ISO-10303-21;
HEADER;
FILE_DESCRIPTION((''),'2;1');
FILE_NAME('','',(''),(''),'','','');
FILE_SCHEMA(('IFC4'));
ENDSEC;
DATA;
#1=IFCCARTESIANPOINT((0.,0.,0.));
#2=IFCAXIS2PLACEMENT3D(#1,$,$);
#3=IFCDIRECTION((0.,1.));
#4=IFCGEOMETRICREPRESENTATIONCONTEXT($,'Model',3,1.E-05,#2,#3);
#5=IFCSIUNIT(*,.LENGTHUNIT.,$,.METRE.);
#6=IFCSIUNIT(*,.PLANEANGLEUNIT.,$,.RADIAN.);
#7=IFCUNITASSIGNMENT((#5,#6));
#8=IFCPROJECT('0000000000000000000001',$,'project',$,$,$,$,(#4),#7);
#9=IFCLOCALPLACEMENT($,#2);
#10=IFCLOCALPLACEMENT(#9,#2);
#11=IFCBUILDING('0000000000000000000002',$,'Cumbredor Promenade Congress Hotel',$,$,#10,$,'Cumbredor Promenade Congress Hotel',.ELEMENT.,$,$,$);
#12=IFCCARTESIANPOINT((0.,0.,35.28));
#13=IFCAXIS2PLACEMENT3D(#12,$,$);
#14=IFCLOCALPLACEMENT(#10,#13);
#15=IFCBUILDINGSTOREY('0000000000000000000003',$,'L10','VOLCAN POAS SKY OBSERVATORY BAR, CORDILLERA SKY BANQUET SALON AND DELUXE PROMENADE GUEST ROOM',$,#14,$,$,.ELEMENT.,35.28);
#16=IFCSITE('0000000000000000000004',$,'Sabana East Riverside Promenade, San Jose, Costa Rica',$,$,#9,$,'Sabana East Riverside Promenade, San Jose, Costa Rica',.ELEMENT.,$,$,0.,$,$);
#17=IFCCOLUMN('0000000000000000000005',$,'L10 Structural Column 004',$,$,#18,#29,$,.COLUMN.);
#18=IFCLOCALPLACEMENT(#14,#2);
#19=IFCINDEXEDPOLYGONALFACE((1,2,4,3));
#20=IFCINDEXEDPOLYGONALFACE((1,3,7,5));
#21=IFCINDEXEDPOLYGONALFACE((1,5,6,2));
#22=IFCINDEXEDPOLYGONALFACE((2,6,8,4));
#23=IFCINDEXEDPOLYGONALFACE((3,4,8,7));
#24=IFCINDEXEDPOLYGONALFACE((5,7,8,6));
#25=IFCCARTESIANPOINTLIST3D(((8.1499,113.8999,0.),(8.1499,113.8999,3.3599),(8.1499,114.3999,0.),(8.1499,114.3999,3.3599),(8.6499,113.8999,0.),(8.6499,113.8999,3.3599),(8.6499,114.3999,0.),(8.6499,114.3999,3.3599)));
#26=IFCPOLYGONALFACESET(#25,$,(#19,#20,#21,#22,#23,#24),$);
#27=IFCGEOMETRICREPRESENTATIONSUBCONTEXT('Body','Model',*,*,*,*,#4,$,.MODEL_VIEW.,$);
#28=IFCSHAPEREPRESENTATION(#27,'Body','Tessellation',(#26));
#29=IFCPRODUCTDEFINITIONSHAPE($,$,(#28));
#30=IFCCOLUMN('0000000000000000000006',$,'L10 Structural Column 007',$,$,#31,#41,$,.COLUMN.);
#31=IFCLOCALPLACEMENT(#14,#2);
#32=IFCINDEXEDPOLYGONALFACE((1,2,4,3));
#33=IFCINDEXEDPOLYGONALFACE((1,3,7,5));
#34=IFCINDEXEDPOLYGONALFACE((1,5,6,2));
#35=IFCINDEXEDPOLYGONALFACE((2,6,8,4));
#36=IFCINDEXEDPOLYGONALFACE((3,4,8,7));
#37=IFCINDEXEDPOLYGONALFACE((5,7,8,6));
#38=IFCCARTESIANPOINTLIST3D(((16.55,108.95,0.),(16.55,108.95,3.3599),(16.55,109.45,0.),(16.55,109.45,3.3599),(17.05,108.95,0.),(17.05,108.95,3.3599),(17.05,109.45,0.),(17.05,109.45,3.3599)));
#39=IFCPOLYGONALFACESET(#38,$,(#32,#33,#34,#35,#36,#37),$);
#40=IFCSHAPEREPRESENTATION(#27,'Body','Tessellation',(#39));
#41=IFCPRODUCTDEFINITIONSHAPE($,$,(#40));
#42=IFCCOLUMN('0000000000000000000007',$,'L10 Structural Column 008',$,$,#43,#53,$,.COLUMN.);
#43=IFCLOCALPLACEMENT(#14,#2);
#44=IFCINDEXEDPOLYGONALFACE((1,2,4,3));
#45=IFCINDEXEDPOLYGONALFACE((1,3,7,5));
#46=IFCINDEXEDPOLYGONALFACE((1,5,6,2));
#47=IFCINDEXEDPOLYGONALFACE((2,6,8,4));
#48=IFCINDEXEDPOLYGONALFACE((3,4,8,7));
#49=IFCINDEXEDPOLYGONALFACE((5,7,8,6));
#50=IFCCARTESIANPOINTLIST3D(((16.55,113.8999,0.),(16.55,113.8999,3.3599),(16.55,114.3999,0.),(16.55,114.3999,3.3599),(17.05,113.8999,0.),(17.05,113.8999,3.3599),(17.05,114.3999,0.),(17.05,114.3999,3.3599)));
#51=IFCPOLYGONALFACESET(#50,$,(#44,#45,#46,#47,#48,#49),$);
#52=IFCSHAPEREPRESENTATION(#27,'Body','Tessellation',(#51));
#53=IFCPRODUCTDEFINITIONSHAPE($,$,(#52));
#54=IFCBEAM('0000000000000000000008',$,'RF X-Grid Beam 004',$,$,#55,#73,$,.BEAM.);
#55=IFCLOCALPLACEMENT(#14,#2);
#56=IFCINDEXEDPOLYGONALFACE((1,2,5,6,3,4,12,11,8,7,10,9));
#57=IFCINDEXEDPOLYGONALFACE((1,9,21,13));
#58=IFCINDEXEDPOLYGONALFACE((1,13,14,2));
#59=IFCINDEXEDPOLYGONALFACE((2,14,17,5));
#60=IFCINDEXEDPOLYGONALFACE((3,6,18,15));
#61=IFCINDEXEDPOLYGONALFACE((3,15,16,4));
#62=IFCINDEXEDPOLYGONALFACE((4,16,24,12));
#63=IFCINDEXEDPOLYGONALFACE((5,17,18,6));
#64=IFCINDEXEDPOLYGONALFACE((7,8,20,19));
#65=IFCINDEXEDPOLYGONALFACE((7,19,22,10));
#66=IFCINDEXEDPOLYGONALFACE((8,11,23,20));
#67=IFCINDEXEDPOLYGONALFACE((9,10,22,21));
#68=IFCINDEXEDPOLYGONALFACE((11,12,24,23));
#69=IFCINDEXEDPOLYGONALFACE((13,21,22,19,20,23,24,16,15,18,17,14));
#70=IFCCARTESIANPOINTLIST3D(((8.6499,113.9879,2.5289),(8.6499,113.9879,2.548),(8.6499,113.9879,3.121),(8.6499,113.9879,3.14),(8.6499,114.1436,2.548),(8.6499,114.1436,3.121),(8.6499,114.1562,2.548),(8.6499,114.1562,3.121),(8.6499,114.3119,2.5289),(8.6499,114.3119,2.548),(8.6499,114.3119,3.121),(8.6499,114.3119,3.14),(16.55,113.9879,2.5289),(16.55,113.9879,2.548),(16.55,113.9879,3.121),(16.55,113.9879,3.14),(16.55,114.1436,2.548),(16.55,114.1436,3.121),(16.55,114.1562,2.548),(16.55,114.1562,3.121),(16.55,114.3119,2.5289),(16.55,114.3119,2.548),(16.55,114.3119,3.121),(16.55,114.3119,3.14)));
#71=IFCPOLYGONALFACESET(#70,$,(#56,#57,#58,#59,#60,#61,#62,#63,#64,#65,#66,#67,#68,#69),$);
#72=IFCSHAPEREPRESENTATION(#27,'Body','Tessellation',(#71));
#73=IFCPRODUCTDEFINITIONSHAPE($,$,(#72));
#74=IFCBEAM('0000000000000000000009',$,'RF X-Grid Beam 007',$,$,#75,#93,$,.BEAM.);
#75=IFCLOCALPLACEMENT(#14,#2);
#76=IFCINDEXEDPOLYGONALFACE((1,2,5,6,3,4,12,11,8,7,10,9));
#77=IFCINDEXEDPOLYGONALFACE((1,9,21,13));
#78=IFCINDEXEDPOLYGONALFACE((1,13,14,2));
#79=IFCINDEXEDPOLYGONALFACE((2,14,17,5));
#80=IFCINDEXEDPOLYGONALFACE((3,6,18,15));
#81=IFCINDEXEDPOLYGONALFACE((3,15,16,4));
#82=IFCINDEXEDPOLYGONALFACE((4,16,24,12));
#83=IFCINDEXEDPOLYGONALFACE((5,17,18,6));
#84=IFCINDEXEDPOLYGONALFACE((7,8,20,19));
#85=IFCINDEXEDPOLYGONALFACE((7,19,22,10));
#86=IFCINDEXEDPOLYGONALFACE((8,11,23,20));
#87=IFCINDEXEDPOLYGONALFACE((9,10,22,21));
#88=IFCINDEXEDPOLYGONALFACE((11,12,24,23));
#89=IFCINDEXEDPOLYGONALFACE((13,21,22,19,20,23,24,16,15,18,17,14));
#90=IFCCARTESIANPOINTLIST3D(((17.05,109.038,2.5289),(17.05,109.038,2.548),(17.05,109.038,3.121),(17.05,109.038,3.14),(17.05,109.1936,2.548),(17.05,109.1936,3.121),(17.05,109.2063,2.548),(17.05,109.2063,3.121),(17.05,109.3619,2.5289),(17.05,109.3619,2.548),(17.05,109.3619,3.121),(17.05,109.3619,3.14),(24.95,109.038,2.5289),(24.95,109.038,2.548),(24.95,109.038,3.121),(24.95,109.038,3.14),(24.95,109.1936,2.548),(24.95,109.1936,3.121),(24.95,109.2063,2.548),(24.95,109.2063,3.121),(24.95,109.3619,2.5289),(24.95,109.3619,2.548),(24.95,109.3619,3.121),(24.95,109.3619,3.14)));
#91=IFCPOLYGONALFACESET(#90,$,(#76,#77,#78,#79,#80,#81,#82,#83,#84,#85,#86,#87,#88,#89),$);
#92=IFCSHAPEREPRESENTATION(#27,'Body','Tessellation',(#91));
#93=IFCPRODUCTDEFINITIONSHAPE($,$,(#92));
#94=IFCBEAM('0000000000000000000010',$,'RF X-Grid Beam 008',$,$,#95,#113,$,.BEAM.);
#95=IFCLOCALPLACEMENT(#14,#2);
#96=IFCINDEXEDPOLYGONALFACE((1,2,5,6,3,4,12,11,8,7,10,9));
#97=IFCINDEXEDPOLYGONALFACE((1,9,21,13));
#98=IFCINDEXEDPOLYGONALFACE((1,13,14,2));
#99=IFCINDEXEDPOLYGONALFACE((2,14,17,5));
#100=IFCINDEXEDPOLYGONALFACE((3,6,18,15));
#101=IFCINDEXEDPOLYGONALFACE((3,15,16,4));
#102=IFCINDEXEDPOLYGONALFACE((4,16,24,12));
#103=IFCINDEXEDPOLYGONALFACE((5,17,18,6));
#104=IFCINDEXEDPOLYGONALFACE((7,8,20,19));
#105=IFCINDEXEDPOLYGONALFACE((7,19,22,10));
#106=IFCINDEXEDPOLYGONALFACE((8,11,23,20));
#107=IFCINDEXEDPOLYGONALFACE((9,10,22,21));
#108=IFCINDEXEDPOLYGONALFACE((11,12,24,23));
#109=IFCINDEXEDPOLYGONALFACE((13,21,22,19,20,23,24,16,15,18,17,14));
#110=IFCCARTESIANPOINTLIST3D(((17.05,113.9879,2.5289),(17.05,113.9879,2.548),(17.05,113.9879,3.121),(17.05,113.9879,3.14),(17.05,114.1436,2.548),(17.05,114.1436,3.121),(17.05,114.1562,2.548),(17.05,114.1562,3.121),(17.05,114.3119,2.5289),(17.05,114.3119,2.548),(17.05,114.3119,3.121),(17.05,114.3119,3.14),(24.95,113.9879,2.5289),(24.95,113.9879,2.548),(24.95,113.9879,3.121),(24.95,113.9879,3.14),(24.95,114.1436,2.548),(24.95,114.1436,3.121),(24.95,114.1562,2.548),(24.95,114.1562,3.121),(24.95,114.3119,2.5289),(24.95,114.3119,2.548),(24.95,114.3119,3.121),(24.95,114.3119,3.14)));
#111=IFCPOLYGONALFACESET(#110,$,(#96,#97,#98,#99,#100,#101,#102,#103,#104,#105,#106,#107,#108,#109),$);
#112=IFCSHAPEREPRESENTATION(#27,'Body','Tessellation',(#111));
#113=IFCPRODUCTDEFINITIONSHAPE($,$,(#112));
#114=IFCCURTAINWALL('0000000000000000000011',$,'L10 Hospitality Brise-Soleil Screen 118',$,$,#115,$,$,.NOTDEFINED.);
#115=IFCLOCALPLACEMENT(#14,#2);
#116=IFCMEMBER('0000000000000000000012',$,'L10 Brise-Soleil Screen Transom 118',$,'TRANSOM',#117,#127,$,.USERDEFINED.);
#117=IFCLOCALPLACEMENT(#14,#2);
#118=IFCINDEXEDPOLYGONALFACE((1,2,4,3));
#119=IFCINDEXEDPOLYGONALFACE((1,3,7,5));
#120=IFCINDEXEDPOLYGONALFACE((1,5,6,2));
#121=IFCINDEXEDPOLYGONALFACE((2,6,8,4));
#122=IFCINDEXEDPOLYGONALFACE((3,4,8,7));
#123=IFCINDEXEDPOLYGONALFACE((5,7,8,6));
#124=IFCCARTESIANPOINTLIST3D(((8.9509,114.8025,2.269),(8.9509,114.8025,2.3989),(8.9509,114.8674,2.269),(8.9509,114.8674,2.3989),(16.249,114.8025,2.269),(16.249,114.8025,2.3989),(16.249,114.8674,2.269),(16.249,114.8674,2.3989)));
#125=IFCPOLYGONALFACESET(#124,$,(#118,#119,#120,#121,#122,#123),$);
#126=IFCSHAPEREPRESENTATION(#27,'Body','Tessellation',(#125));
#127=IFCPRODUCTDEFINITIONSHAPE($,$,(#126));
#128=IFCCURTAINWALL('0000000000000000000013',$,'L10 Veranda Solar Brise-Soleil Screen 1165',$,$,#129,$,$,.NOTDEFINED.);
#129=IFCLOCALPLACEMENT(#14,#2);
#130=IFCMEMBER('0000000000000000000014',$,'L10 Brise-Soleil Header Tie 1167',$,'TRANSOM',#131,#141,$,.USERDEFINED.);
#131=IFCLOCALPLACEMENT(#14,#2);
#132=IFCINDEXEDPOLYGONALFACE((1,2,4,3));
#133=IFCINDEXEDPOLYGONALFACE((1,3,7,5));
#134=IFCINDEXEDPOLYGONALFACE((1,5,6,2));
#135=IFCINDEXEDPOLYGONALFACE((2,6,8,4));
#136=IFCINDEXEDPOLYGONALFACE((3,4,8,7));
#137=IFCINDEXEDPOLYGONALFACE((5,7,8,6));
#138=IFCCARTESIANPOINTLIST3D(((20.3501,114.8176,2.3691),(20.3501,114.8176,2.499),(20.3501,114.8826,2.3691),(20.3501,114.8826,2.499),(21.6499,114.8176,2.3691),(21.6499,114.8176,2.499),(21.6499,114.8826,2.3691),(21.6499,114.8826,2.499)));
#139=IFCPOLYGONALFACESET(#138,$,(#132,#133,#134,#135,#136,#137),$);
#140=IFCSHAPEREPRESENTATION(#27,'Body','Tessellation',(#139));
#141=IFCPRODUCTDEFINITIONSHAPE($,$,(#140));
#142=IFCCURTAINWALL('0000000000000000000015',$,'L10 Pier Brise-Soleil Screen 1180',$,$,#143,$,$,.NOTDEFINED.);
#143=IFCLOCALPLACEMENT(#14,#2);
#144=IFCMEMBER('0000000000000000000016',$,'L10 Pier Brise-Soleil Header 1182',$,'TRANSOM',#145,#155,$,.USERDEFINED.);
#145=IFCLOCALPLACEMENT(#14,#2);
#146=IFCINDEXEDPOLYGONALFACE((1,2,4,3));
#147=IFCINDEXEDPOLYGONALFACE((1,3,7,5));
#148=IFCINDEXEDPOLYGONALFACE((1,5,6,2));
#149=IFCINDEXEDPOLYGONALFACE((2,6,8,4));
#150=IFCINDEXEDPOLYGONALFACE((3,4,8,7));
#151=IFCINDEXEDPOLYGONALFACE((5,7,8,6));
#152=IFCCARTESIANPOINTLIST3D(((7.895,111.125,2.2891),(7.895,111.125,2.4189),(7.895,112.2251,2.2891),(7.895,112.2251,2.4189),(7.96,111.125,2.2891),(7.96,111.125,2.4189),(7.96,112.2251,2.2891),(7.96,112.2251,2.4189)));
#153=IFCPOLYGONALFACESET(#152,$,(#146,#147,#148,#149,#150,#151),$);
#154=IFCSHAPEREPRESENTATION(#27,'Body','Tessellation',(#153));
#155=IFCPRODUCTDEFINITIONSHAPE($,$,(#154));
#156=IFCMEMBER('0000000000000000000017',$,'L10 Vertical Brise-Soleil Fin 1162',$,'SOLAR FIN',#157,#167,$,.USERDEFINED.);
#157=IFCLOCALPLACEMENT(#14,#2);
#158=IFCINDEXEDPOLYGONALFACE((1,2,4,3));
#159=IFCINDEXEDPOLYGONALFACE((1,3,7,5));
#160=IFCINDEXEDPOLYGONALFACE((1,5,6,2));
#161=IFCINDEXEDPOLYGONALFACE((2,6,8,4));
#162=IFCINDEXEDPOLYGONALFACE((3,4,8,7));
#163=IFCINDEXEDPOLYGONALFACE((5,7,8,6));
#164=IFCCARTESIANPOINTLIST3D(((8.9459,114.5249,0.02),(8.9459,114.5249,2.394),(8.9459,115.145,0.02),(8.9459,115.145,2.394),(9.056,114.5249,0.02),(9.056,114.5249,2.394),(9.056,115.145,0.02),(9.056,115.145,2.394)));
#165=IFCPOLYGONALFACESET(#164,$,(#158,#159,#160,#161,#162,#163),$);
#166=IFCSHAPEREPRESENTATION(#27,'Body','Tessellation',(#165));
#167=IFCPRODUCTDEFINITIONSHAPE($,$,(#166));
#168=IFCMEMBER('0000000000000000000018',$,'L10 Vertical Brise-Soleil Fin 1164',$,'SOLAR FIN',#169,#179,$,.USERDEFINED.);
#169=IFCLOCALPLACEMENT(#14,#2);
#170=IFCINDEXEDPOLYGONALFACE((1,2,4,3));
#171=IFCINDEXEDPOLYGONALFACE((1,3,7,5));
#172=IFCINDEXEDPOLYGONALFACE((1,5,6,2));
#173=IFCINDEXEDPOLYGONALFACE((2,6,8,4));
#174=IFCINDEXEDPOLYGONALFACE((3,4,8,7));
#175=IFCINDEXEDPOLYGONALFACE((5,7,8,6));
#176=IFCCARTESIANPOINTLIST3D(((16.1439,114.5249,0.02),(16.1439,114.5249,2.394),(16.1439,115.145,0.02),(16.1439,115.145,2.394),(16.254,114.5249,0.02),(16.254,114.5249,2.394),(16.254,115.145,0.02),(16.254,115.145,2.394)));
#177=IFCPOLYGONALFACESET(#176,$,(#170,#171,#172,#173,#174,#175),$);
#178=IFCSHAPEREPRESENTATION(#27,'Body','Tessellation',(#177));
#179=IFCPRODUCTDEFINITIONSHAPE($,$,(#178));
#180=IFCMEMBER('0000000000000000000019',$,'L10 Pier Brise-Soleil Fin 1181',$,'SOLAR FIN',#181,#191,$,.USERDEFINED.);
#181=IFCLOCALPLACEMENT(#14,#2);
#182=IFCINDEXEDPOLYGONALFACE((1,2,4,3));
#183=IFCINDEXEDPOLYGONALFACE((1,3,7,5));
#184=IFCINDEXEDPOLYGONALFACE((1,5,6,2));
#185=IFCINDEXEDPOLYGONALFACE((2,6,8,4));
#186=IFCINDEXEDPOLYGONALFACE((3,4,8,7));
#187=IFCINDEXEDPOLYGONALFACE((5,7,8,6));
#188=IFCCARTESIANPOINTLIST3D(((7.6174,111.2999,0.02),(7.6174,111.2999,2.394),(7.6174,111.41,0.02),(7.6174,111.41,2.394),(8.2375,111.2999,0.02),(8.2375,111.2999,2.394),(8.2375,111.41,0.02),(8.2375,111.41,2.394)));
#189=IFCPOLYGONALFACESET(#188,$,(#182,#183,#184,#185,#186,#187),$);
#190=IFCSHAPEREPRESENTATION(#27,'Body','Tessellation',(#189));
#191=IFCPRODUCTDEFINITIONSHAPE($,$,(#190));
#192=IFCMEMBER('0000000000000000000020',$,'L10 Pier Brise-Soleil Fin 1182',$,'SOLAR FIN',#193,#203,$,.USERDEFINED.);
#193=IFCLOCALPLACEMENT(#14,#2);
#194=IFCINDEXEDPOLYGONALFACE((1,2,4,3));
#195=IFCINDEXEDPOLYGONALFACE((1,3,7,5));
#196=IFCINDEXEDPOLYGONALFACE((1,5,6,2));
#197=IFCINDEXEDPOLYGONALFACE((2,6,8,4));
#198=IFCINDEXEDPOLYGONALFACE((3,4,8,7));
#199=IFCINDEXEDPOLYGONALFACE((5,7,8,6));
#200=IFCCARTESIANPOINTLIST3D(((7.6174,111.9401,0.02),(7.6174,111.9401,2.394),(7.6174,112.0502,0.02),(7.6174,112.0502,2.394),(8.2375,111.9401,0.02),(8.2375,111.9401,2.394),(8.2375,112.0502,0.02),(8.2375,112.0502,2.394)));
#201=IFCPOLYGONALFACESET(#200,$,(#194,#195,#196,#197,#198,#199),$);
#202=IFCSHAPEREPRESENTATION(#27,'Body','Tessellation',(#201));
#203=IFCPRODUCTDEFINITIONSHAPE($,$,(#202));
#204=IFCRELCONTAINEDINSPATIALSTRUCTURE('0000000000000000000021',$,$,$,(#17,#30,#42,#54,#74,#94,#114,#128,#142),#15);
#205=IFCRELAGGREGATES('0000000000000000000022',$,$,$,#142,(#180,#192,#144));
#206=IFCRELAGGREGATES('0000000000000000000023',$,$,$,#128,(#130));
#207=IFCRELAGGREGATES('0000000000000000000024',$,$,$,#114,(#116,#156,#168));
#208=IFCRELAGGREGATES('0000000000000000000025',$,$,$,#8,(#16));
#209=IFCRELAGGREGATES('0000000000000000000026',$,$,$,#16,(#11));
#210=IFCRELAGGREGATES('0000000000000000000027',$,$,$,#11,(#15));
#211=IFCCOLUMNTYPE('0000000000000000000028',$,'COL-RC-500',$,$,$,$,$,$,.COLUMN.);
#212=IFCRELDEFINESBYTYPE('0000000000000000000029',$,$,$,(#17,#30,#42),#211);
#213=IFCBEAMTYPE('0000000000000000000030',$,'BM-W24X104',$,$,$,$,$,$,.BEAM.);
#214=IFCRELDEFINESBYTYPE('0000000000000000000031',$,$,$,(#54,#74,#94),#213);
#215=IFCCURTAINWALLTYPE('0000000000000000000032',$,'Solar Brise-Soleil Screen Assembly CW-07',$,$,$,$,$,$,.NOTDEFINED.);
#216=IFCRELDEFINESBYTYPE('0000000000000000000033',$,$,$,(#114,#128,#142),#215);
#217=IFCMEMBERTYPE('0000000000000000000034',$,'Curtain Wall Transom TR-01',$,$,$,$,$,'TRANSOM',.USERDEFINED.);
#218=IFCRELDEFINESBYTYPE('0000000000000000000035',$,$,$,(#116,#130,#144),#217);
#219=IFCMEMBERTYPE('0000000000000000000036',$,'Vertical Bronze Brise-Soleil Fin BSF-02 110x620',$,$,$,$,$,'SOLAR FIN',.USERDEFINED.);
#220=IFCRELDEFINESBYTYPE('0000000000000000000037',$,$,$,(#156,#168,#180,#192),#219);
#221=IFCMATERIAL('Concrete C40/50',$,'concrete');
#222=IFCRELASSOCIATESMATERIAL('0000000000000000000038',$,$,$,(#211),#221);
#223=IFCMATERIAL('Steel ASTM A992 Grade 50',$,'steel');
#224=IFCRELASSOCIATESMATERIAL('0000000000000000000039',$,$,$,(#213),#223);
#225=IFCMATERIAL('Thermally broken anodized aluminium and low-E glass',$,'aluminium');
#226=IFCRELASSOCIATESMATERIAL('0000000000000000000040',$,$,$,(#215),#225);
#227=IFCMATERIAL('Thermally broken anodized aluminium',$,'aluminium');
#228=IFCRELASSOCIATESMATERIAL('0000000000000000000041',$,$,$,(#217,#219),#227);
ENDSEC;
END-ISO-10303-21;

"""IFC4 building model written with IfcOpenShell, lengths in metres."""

from ifc_helpers import new_model, si_unit, direction, frame, origin, origin_2d, place, context, subcontext, project, spatial, rectangle, i_section, extrude, material, material_profile, profile_set, type_object, element, aggregate, save


model = new_model("IFC4")

# Units and contexts
model_context = context("Model", 3, precision=1e-05, world=origin(), true_north=direction((0.0, 1.0)))
body_context = subcontext(model_context, "Body", "Model", "MODEL_VIEW")
ifc_project = project(units=[si_unit("LENGTHUNIT", "METRE"), si_unit("PLANEANGLEUNIT", "RADIAN")], contexts=[model_context])

# Site, building, storey
site_placement = place(None, origin())
site = spatial("IfcSite", under=ifc_project, at=site_placement, Name="Sabana East Riverside Promenade, San Jose, Costa Rica", LongName="Sabana East Riverside Promenade, San Jose, Costa Rica", CompositionType="ELEMENT", RefElevation=0.0)
building_placement = place(site_placement, origin())
building = spatial("IfcBuilding", under=site, at=building_placement, Name="Cumbredor Promenade Congress Hotel", LongName="Cumbredor Promenade Congress Hotel", CompositionType="ELEMENT")
storey_placement = place(building_placement, frame((0.0, 0.0, 35.28)))
storey = spatial("IfcBuildingStorey", under=building, at=storey_placement, Name="L10", Description="VOLCAN POAS SKY OBSERVATORY BAR, CORDILLERA SKY BANQUET SALON AND DELUXE PROMENADE GUEST ROOM", CompositionType="ELEMENT", Elevation=35.28)

# Columns
ifc_material_1 = material(Name="Concrete C40/50", Category="concrete")
ifc_material_profile_1 = material_profile(ifc_material_1, rectangle(XDim=0.5, YDim=0.5, at=origin_2d()), Name="RC 500x500")
ifc_profile_set_1 = profile_set([ifc_material_profile_1], Name="Concrete C40/50")
column_type = type_object("IfcColumnType", Name="COL-RC-500", PredefinedType="COLUMN", material=ifc_profile_set_1)
for number, where, z_axis, x_axis, name in (
    (1, (8.3999, 114.1499, 0.0), (0.0, 0.0, 1.0), (1.0, 0.0, 0.0), "L10 Structural Column 004"),
    (2, (16.8, 109.2, 0.0), (0.0, 0.0, 1.0), (1.0, 0.0, 0.0), "L10 Structural Column 007"),
    (3, (16.8, 114.1499, 0.0), (0.0, 0.0, 1.0), (1.0, 0.0, 0.0), "L10 Structural Column 008"),
):
    element("IfcColumn", number, at=place(storey_placement, frame(where, z_axis=z_axis, x_axis=x_axis)), inside=storey, type_object=column_type, Name=name, PredefinedType="COLUMN", context=body_context, shape_type="SweptSolid", body=[
        extrude(rectangle(XDim=0.5, YDim=0.5, at=origin_2d()), origin(), (0.0, 0.0, 1.0), 3.3599),
    ])

# Beams
ifc_material_2 = material(Name="Steel ASTM A992 Grade 50", Category="steel")
ifc_material_profile_2 = material_profile(ifc_material_2, i_section(OverallWidth=0.324, OverallDepth=0.6111, WebThickness=0.0127, FlangeThickness=0.019, at=origin_2d()), Name="W24X104")
ifc_profile_set_2 = profile_set([ifc_material_profile_2], Name="Steel ASTM A992 Grade 50")
beam_type = type_object("IfcBeamType", Name="BM-W24X104", PredefinedType="BEAM", material=ifc_profile_set_2)
beam_placement = place(storey_placement, frame((8.6499, 114.1499, 2.8345), z_axis=(1.0, 0.0, 0.0), x_axis=(0.0, 1.0, 0.0)))
element("IfcBeam", 4, at=beam_placement, inside=storey, type_object=beam_type, Name="RF X-Grid Beam 004", PredefinedType="BEAM", context=body_context, shape_type="SweptSolid", body=[
    extrude(i_section(OverallWidth=0.324, OverallDepth=0.6111, WebThickness=0.0127, FlangeThickness=0.019, at=origin_2d()), origin(), (0.0, 0.0, 1.0), 7.9001),
])
for number, where, z_axis, x_axis, name in (
    (5, (17.05, 109.2, 2.8345), (1.0, 0.0, 0.0), (0.0, 1.0, 0.0), "RF X-Grid Beam 007"),
    (6, (17.05, 114.1499, 2.8345), (1.0, 0.0, 0.0), (0.0, 1.0, 0.0), "RF X-Grid Beam 008"),
):
    element("IfcBeam", number, at=place(storey_placement, frame(where, z_axis=z_axis, x_axis=x_axis)), inside=storey, type_object=beam_type, Name=name, PredefinedType="BEAM", context=body_context, shape_type="SweptSolid", body=[
        extrude(i_section(OverallWidth=0.324, OverallDepth=0.6111, WebThickness=0.0127, FlangeThickness=0.019, at=origin_2d()), origin(), (0.0, 0.0, 1.0), 7.8999),
    ])

# Curtain walls, members
ifc_material_3 = material(Name="Thermally broken anodized aluminium and low-E glass", Category="aluminium")
curtain_wall_type = type_object("IfcCurtainWallType", Name="Solar Brise-Soleil Screen Assembly CW-07", PredefinedType="NOTDEFINED", material=ifc_material_3)
curtain_wall_1_placement = place(storey_placement, origin())
curtain_wall_1 = element("IfcCurtainWall", 7, at=curtain_wall_1_placement, inside=storey, type_object=curtain_wall_type, Name="L10 Hospitality Brise-Soleil Screen 118", PredefinedType="NOTDEFINED")
ifc_material_4 = material(Name="Thermally broken anodized aluminium", Category="aluminium")
ifc_material_profile_3 = material_profile(ifc_material_4, rectangle(XDim=0.0649, YDim=0.1299, at=origin_2d()), Name="ALU TRANSOM 65x130")
ifc_profile_set_3 = profile_set([ifc_material_profile_3], Name="Thermally broken anodized aluminium")
member_type_1 = type_object("IfcMemberType", Name="Curtain Wall Transom TR-01", ElementType="TRANSOM", PredefinedType="USERDEFINED", material=ifc_profile_set_3)
member_1_placement = place(storey_placement, frame((8.9509, 114.835, 2.334), z_axis=(1.0, 0.0, 0.0), x_axis=(0.0, 1.0, 0.0)))
member_1 = element("IfcMember", 8, at=member_1_placement, type_object=member_type_1, Name="L10 Brise-Soleil Screen Transom 118", ObjectType="TRANSOM", PredefinedType="USERDEFINED", context=body_context, shape_type="SweptSolid", body=[
    extrude(rectangle(XDim=0.0649, YDim=0.1299, at=origin_2d()), origin(), (0.0, 0.0, 1.0), 7.2981),
])
curtain_wall_2_placement = place(storey_placement, origin())
curtain_wall_2 = element("IfcCurtainWall", 9, at=curtain_wall_2_placement, inside=storey, type_object=curtain_wall_type, Name="L10 Veranda Solar Brise-Soleil Screen 1165", PredefinedType="NOTDEFINED")
member_2_placement = place(storey_placement, frame((20.3501, 114.8501, 2.4341), z_axis=(1.0, 0.0, 0.0), x_axis=(0.0, 1.0, 0.0)))
member_2 = element("IfcMember", 10, at=member_2_placement, type_object=member_type_1, Name="L10 Brise-Soleil Header Tie 1167", ObjectType="TRANSOM", PredefinedType="USERDEFINED", context=body_context, shape_type="SweptSolid", body=[
    extrude(rectangle(XDim=0.0649, YDim=0.1299, at=origin_2d()), origin(), (0.0, 0.0, 1.0), 1.2998),
])
curtain_wall_3_placement = place(storey_placement, origin())
curtain_wall_3 = element("IfcCurtainWall", 11, at=curtain_wall_3_placement, inside=storey, type_object=curtain_wall_type, Name="L10 Pier Brise-Soleil Screen 1180", PredefinedType="NOTDEFINED")
member_3_placement = place(storey_placement, frame((7.9275, 111.125, 2.354), z_axis=(0.0, 1.0, 0.0), x_axis=(-1.0, 0.0, 0.0)))
member_3 = element("IfcMember", 12, at=member_3_placement, type_object=member_type_1, Name="L10 Pier Brise-Soleil Header 1182", ObjectType="TRANSOM", PredefinedType="USERDEFINED", context=body_context, shape_type="SweptSolid", body=[
    extrude(rectangle(XDim=0.0649, YDim=0.1299, at=origin_2d()), origin(), (0.0, 0.0, 1.0), 1.1001),
])

# Members
ifc_material_profile_4 = material_profile(ifc_material_4, rectangle(XDim=0.1101, YDim=0.6201, at=origin_2d()), Name="ARCH FIN 110x620")
ifc_profile_set_4 = profile_set([ifc_material_profile_4], Name="Thermally broken anodized aluminium")
member_type_2 = type_object("IfcMemberType", Name="Vertical Bronze Brise-Soleil Fin BSF-02 110x620", ElementType="SOLAR FIN", PredefinedType="USERDEFINED", material=ifc_profile_set_4)
member_4_placement = place(storey_placement, frame((9.001, 114.835, 0.02), z_axis=(0.0, 0.0, 1.0), x_axis=(1.0, 0.0, 0.0)))
member_4 = element("IfcMember", 13, at=member_4_placement, type_object=member_type_2, Name="L10 Vertical Brise-Soleil Fin 1162", ObjectType="SOLAR FIN", PredefinedType="USERDEFINED", context=body_context, shape_type="SweptSolid", body=[
    extrude(rectangle(XDim=0.1101, YDim=0.6201, at=origin_2d()), origin(), (0.0, 0.0, 1.0), 2.374),
])
member_5_placement = place(storey_placement, frame((16.199, 114.835, 0.02), z_axis=(0.0, 0.0, 1.0), x_axis=(1.0, 0.0, 0.0)))
member_5 = element("IfcMember", 14, at=member_5_placement, type_object=member_type_2, Name="L10 Vertical Brise-Soleil Fin 1164", ObjectType="SOLAR FIN", PredefinedType="USERDEFINED", context=body_context, shape_type="SweptSolid", body=[
    extrude(rectangle(XDim=0.1101, YDim=0.6201, at=origin_2d()), origin(), (0.0, 0.0, 1.0), 2.374),
])
member_6_placement = place(storey_placement, frame((7.9275, 111.355, 0.02), z_axis=(0.0, 0.0, 1.0), x_axis=(0.0, 1.0, 0.0)))
member_6 = element("IfcMember", 15, at=member_6_placement, type_object=member_type_2, Name="L10 Pier Brise-Soleil Fin 1181", ObjectType="SOLAR FIN", PredefinedType="USERDEFINED", context=body_context, shape_type="SweptSolid", body=[
    extrude(rectangle(XDim=0.1101, YDim=0.6201, at=origin_2d()), origin(), (0.0, 0.0, 1.0), 2.374),
])
member_7_placement = place(storey_placement, frame((7.9275, 111.9951, 0.02), z_axis=(0.0, 0.0, 1.0), x_axis=(0.0, 1.0, 0.0)))
member_7 = element("IfcMember", 16, at=member_7_placement, type_object=member_type_2, Name="L10 Pier Brise-Soleil Fin 1182", ObjectType="SOLAR FIN", PredefinedType="USERDEFINED", context=body_context, shape_type="SweptSolid", body=[
    extrude(rectangle(XDim=0.1101, YDim=0.6201, at=origin_2d()), origin(), (0.0, 0.0, 1.0), 2.374),
])
aggregate(curtain_wall_3, [member_6, member_7, member_3])
aggregate(curtain_wall_2, [member_2])

aggregate(curtain_wall_1, [member_1, member_4, member_5])

save(model, "model.ifc")
